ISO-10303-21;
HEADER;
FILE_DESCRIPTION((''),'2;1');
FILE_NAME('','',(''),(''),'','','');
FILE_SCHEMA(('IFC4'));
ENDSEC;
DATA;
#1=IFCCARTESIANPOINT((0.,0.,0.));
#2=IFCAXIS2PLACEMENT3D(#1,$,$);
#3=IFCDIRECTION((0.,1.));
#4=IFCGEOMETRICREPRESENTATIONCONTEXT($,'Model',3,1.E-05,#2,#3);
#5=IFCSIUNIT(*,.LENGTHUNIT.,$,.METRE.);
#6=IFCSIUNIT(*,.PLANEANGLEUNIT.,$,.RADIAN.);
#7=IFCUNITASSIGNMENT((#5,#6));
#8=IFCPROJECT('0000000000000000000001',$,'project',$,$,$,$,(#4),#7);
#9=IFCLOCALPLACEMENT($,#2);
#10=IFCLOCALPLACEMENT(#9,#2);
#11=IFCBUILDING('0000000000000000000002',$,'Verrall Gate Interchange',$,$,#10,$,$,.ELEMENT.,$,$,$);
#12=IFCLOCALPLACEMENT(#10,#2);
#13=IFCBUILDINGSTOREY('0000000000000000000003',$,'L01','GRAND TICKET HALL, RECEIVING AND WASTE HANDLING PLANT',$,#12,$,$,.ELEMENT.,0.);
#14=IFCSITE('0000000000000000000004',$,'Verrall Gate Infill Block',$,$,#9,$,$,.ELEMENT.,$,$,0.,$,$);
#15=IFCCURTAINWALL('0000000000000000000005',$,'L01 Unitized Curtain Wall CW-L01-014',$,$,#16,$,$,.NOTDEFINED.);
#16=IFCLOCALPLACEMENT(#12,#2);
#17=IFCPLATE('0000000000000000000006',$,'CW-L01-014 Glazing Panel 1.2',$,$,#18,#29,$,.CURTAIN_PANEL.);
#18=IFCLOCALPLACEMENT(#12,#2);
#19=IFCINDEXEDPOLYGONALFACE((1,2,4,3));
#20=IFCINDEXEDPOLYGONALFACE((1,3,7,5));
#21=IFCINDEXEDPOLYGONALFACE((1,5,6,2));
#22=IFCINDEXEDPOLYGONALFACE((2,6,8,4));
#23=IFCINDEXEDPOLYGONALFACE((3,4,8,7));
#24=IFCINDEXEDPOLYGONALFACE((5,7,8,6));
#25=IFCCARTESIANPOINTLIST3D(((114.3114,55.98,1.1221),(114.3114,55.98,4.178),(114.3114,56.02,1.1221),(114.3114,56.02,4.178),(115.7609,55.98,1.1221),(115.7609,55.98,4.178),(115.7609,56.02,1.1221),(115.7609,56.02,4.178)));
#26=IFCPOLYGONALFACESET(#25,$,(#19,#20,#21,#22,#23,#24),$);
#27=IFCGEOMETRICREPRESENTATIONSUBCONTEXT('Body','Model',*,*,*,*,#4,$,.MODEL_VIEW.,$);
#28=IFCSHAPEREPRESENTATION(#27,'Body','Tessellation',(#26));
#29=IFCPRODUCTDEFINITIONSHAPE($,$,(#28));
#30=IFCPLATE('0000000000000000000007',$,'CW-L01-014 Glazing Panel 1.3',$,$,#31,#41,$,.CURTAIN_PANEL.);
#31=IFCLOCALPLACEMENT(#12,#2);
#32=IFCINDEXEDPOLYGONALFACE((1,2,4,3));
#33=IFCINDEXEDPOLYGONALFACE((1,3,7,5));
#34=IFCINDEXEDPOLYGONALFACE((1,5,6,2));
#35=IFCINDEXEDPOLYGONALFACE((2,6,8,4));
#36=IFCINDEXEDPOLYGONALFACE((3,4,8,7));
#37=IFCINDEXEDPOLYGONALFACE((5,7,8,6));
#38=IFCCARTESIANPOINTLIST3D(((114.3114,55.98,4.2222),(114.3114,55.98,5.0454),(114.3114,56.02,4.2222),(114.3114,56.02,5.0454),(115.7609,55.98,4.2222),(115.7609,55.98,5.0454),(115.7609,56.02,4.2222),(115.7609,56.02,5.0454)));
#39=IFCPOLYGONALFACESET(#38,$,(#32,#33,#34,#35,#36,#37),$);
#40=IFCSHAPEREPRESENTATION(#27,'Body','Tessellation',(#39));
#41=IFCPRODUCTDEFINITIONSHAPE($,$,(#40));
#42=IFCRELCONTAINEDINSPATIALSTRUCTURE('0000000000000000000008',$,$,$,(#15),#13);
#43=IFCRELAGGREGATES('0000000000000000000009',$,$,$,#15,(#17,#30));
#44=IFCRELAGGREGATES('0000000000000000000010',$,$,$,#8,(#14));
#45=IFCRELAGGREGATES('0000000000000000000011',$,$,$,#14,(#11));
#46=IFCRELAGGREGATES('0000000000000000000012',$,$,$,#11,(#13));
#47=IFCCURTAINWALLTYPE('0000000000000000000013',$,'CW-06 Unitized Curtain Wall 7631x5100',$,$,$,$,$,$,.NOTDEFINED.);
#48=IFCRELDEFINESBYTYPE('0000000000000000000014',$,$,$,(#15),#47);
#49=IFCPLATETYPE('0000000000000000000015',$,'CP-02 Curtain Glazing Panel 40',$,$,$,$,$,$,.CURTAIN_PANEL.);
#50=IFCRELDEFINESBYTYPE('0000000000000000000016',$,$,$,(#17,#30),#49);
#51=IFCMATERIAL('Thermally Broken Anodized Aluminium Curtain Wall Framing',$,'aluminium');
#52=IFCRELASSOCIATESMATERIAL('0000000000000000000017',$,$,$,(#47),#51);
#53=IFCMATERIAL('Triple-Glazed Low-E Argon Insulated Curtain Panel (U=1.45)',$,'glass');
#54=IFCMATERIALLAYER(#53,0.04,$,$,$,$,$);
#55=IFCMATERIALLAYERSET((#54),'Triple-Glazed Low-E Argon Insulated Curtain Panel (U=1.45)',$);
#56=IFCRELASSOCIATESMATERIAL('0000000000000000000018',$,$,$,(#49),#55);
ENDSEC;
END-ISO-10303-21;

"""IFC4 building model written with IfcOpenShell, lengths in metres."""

from ifc_helpers import new_model, si_unit, direction, frame, origin, origin_2d, place, context, subcontext, project, spatial, rectangle, extrude, material, layer, layer_set, type_object, element, aggregate, save


model = new_model("IFC4")

# Units and contexts
model_context = context("Model", 3, precision=1e-05, world=origin(), true_north=direction((0.0, 1.0)))
body_context = subcontext(model_context, "Body", "Model", "MODEL_VIEW")
ifc_project = project(units=[si_unit("LENGTHUNIT", "METRE"), si_unit("PLANEANGLEUNIT", "RADIAN")], contexts=[model_context])

# Site, building, storey
site_placement = place(None, origin())
site = spatial("IfcSite", under=ifc_project, at=site_placement, Name="Verrall Gate Infill Block", CompositionType="ELEMENT", RefElevation=0.0)
building_placement = place(site_placement, origin())
building = spatial("IfcBuilding", under=site, at=building_placement, Name="Verrall Gate Interchange", CompositionType="ELEMENT")
storey_placement = place(building_placement, origin())
storey = spatial("IfcBuildingStorey", under=building, at=storey_placement, Name="L01", Description="GRAND TICKET HALL, RECEIVING AND WASTE HANDLING PLANT", CompositionType="ELEMENT", Elevation=0.0)

# Curtain wall
ifc_material_1 = material(Name="Thermally Broken Anodized Aluminium Curtain Wall Framing", Category="aluminium")
curtain_wall_type = type_object("IfcCurtainWallType", Name="CW-06 Unitized Curtain Wall 7631x5100", PredefinedType="NOTDEFINED", material=ifc_material_1)
curtain_wall_1_placement = place(storey_placement, origin())
curtain_wall_1 = element("IfcCurtainWall", 1, at=curtain_wall_1_placement, inside=storey, type_object=curtain_wall_type, Name="L01 Unitized Curtain Wall CW-L01-014", PredefinedType="NOTDEFINED")

# Plates
ifc_material_2 = material(Name="Triple-Glazed Low-E Argon Insulated Curtain Panel (U=1.45)", Category="glass")
ifc_layer_1 = layer(ifc_material_2, 0.04)
ifc_layer_set_1 = layer_set([ifc_layer_1], Name="Triple-Glazed Low-E Argon Insulated Curtain Panel (U=1.45)")
plate_type_1 = type_object("IfcPlateType", Name="CP-02 Curtain Glazing Panel 40", PredefinedType="CURTAIN_PANEL", material=ifc_layer_set_1)
plate_1_placement = place(storey_placement, frame((115.0361, 56.0, 1.1221), z_axis=(0.0, 0.0, 1.0), x_axis=(-1.0, 0.0, 0.0)))
plate_1 = element("IfcPlate", 2, at=plate_1_placement, type_object=plate_type_1, Name="CW-L01-014 Glazing Panel 1.2", PredefinedType="CURTAIN_PANEL", context=body_context, shape_type="SweptSolid", body=[
    extrude(rectangle(XDim=1.4495, YDim=0.04, at=origin_2d()), origin(), (0.0, 0.0, 1.0), 3.0559),
])
plate_2_placement = place(storey_placement, frame((115.0361, 56.0, 4.2222), z_axis=(0.0, 0.0, 1.0), x_axis=(-1.0, 0.0, 0.0)))
plate_2 = element("IfcPlate", 3, at=plate_2_placement, type_object=plate_type_1, Name="CW-L01-014 Glazing Panel 1.3", PredefinedType="CURTAIN_PANEL", context=body_context, shape_type="SweptSolid", body=[
    extrude(rectangle(XDim=1.4495, YDim=0.04, at=origin_2d()), origin(), (0.0, 0.0, 1.0), 0.8232),
])
aggregate(curtain_wall_1, [plate_1, plate_2])

save(model, "model.ifc")
